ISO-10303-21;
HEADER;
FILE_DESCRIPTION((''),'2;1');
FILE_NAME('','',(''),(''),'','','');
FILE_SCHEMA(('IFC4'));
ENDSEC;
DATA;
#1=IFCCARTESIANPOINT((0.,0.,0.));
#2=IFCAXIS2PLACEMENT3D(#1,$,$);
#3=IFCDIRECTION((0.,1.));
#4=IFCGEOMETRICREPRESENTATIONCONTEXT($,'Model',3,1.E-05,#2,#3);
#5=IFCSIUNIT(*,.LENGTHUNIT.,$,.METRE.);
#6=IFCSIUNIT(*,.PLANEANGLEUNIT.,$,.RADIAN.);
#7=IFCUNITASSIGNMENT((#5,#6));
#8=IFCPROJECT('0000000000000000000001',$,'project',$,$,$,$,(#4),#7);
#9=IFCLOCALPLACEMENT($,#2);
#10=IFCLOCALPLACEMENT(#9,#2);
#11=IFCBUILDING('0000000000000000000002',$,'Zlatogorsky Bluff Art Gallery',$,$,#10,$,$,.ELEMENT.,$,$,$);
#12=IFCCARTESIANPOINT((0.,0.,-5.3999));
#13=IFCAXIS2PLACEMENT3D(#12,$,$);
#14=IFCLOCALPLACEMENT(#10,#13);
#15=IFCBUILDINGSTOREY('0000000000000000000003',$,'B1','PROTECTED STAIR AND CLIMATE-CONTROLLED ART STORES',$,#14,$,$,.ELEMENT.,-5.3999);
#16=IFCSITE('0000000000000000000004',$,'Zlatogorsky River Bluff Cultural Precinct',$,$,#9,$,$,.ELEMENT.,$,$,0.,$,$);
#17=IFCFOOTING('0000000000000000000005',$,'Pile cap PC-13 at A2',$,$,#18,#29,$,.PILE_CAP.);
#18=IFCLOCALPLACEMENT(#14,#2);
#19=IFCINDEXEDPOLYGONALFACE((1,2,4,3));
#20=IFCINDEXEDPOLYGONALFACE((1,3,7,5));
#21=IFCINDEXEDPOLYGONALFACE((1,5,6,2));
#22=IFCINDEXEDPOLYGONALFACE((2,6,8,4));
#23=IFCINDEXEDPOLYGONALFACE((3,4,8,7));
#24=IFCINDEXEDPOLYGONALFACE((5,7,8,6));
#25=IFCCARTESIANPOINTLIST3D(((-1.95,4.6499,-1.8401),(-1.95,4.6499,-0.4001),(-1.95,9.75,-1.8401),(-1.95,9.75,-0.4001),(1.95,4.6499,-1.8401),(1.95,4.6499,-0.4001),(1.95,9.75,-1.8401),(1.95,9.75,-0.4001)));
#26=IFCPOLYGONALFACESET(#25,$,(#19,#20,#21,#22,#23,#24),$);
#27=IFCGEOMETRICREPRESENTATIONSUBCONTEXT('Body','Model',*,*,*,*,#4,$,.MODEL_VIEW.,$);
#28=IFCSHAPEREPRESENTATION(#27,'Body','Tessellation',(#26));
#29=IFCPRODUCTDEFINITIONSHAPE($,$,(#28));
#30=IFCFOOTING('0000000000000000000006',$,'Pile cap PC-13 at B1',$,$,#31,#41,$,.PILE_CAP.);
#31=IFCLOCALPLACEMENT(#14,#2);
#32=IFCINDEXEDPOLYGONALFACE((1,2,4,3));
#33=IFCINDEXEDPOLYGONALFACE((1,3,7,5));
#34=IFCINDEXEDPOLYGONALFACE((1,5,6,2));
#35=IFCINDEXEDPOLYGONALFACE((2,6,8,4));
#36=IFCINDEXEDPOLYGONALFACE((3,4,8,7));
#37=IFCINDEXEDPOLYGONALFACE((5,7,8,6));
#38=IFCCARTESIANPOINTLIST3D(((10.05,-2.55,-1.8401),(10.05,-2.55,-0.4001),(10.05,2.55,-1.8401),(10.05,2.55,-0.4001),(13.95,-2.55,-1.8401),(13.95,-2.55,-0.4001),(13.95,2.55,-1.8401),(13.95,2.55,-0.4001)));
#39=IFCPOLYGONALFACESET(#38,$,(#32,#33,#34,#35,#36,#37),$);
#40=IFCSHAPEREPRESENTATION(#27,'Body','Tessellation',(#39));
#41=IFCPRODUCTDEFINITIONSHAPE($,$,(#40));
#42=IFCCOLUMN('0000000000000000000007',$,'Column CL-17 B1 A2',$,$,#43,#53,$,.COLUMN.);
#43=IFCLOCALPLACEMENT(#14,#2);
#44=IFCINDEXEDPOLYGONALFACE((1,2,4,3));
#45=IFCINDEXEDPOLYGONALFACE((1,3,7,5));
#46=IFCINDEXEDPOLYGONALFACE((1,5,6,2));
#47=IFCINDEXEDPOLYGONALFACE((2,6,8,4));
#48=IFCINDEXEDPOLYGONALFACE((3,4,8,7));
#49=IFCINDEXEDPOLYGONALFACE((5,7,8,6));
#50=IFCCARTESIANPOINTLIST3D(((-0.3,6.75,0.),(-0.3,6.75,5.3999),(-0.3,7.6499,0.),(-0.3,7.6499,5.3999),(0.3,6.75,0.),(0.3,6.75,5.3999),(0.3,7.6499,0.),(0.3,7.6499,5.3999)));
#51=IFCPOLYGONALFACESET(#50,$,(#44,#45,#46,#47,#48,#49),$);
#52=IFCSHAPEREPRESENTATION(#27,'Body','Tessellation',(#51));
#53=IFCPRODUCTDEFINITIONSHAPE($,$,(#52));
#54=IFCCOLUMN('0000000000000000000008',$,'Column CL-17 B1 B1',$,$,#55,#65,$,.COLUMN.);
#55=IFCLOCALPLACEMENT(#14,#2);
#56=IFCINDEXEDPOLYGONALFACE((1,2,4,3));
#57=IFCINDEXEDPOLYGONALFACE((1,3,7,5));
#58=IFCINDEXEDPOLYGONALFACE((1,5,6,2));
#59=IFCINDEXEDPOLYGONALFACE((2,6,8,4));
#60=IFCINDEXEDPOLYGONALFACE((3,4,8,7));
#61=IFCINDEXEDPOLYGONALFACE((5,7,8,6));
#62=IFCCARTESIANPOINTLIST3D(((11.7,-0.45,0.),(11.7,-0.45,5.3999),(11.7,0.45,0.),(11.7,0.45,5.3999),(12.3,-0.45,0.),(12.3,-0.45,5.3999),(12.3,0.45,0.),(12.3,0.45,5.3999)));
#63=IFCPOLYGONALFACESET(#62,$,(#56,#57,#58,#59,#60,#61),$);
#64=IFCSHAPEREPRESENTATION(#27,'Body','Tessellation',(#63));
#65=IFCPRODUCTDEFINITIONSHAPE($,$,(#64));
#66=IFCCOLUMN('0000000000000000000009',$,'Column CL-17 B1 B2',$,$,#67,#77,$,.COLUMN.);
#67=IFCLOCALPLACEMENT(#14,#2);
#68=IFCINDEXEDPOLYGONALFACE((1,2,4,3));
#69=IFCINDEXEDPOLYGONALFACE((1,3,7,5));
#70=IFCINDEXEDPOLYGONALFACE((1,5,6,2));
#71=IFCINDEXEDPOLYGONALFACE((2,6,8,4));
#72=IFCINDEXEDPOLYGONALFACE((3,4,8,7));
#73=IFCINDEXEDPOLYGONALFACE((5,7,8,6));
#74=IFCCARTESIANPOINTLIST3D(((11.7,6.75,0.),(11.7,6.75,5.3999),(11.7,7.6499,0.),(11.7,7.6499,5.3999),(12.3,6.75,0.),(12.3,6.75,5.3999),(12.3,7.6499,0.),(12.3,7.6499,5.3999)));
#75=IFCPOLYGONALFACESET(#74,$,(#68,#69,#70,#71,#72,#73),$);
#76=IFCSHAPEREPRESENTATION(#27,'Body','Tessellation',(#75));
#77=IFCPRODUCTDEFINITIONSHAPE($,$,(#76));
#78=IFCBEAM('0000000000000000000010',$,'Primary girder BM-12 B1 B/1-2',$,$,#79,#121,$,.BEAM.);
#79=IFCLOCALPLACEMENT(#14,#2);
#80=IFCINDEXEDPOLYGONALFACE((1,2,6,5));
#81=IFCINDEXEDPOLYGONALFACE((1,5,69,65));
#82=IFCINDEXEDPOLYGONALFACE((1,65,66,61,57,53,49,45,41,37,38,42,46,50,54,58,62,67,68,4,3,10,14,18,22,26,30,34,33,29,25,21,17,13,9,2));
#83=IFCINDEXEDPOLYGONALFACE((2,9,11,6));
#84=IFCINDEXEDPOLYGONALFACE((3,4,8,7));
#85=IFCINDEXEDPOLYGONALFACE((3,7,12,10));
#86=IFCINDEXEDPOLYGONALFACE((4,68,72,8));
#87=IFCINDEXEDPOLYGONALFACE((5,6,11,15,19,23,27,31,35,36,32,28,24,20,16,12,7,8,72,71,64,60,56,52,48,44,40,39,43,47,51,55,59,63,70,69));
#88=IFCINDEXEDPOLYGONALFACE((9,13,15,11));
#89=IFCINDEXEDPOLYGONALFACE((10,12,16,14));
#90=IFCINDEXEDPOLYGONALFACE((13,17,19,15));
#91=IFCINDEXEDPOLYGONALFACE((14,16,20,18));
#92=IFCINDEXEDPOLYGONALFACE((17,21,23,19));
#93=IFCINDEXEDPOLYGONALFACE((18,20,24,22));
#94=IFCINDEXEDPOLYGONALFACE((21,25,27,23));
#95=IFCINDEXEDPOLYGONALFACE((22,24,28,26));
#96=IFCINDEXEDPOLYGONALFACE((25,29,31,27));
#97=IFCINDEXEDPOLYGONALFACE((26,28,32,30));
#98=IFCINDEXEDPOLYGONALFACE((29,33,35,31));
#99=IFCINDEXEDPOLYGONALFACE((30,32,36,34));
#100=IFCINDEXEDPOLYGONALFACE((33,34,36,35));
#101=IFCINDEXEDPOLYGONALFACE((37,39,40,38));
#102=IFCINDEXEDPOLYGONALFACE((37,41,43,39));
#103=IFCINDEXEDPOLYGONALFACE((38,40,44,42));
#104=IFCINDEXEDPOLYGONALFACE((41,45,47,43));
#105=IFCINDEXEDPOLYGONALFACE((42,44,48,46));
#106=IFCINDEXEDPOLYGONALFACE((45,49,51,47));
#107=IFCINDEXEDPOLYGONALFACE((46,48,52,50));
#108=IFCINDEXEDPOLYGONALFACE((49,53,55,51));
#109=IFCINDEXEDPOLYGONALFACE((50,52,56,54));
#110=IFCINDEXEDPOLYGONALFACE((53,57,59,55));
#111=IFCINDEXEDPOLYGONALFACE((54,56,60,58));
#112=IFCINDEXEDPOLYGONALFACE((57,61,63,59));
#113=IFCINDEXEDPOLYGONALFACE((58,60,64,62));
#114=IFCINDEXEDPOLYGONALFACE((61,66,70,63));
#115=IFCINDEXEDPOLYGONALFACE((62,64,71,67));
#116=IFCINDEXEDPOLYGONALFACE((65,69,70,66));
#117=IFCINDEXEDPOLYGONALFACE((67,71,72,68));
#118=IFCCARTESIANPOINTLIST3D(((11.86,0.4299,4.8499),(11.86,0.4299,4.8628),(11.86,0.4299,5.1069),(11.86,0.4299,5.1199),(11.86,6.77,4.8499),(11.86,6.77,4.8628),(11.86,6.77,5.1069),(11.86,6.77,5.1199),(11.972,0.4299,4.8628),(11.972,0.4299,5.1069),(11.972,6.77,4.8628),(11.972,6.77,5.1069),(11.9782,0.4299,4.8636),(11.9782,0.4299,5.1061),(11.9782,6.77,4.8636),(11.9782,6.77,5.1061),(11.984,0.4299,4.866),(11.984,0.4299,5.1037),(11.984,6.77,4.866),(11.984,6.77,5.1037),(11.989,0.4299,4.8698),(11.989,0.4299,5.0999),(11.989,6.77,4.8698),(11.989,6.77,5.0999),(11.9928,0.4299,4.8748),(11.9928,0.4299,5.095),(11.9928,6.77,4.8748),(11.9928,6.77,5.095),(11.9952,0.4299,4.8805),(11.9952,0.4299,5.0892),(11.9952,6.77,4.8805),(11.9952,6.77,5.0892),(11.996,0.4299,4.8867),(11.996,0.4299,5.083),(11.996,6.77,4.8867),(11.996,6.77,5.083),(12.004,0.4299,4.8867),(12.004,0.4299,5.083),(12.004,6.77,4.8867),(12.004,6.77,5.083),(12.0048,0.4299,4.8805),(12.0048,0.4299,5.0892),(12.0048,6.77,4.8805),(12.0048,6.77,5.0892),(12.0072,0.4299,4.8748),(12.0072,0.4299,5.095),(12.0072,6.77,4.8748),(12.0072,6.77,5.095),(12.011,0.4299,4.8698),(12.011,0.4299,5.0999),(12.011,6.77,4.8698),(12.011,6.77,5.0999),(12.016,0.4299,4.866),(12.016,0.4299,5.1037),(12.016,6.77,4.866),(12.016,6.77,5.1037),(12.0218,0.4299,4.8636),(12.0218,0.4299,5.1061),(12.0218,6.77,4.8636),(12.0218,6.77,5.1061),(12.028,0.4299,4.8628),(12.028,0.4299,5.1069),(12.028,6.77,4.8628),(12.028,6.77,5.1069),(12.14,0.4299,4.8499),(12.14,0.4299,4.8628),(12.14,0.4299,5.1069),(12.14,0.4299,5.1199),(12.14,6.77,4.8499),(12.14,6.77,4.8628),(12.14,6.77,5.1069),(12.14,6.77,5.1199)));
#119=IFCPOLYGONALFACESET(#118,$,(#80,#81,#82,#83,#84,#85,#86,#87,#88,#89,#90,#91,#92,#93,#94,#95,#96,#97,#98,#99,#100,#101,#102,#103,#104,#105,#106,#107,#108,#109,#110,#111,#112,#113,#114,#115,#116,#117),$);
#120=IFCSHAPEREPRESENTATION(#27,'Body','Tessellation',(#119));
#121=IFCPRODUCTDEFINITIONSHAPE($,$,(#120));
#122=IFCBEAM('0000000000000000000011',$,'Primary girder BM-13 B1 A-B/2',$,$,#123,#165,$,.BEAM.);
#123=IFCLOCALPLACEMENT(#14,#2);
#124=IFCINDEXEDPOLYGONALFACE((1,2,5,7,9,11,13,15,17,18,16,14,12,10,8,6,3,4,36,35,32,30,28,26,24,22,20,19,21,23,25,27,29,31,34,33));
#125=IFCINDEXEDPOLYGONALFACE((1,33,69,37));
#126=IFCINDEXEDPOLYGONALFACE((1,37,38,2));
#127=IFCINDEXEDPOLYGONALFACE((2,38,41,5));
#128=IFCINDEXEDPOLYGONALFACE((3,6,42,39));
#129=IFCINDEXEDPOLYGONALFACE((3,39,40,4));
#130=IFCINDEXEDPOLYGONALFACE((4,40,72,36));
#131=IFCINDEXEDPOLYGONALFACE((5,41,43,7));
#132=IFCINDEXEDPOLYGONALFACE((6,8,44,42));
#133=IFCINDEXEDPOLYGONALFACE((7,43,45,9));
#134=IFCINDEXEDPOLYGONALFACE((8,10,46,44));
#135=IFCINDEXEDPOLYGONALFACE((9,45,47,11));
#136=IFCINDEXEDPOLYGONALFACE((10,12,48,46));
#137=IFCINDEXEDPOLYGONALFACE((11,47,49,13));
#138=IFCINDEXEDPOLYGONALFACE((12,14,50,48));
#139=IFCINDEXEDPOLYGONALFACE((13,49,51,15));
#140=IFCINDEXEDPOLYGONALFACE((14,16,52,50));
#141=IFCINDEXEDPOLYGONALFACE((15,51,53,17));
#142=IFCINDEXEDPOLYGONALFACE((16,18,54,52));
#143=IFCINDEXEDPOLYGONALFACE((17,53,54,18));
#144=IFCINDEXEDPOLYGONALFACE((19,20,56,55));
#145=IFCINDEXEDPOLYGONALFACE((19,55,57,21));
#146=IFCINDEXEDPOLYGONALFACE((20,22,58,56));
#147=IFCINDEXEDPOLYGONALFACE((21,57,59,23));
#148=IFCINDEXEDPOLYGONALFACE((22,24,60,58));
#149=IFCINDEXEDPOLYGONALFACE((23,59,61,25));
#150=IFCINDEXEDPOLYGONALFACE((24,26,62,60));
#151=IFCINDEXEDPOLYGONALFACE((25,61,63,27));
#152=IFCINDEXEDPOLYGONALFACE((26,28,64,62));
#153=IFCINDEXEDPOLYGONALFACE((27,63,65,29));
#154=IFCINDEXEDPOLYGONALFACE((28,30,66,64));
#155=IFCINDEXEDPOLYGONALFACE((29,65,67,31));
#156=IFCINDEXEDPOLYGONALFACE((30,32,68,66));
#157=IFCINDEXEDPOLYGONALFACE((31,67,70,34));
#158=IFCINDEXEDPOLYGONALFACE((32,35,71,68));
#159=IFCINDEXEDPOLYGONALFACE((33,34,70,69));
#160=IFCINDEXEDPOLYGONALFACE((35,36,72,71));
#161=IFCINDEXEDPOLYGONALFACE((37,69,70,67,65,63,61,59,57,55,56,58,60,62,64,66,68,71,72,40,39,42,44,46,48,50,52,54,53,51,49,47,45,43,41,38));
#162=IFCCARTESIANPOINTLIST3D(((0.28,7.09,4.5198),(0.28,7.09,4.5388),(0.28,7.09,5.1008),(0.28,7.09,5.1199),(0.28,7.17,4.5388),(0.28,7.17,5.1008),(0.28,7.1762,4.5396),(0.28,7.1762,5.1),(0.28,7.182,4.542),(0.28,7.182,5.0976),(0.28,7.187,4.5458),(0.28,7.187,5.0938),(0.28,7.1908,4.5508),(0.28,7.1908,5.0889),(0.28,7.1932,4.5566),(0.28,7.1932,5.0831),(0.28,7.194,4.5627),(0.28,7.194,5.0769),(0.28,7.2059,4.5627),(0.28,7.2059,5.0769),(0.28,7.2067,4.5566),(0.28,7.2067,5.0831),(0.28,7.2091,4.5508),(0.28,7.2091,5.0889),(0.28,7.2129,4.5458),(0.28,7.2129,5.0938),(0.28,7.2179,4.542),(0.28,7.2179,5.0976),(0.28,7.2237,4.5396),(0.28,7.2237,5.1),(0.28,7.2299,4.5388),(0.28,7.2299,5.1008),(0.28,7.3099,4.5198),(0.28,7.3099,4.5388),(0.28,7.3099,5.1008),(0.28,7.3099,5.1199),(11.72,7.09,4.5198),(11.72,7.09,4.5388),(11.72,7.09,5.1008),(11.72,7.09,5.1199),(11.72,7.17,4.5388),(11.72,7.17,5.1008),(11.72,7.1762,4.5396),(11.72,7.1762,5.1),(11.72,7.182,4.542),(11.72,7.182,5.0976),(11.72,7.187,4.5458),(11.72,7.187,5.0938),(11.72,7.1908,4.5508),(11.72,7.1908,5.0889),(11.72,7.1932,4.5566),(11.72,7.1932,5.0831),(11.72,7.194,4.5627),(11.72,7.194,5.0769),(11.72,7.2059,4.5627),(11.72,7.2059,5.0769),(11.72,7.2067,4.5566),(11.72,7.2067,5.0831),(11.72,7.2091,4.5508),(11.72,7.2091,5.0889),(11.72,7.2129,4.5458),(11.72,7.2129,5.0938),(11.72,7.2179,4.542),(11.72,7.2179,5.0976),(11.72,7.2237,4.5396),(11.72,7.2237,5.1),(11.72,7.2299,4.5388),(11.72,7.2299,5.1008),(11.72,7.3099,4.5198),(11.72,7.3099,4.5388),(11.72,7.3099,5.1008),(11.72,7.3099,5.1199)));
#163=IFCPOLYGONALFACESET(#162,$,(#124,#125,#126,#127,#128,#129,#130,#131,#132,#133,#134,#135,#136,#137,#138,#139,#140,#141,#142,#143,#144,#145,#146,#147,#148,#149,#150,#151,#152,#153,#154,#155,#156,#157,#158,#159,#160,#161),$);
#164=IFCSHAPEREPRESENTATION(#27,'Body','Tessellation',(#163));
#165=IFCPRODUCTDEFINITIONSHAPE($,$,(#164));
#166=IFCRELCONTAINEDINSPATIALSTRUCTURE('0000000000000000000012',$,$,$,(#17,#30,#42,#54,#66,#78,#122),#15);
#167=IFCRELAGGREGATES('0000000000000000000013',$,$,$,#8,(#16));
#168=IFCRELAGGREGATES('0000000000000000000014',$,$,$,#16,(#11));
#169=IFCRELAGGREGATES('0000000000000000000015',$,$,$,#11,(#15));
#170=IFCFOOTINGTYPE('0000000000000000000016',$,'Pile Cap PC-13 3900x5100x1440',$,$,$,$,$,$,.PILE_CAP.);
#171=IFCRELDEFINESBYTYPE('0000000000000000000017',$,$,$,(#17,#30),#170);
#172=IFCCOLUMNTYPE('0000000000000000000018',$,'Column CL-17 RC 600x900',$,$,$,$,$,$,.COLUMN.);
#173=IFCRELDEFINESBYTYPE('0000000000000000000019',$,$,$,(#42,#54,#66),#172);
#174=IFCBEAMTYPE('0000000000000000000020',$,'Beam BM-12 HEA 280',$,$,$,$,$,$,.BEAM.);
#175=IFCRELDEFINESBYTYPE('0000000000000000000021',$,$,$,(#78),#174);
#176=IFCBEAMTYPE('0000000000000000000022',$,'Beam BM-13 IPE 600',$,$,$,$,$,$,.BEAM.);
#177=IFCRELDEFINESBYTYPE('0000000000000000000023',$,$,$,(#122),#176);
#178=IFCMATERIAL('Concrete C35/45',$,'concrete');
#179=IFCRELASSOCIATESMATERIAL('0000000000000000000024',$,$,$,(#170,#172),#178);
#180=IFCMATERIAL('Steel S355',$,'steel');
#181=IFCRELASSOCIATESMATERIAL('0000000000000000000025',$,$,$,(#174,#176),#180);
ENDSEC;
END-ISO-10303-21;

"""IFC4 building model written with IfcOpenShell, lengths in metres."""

from ifc_helpers import new_model, si_unit, direction, frame, origin, origin_2d, place, context, subcontext, project, spatial, rectangle, i_section, extrude, material, material_profile, profile_set, type_object, element, save


model = new_model("IFC4")

# Units and contexts
model_context = context("Model", 3, precision=1e-05, world=origin(), true_north=direction((0.0, 1.0)))
body_context = subcontext(model_context, "Body", "Model", "MODEL_VIEW")
ifc_project = project(units=[si_unit("LENGTHUNIT", "METRE"), si_unit("PLANEANGLEUNIT", "RADIAN")], contexts=[model_context])

# Site, building, storey
site_placement = place(None, origin())
site = spatial("IfcSite", under=ifc_project, at=site_placement, Name="Zlatogorsky River Bluff Cultural Precinct", CompositionType="ELEMENT", RefElevation=0.0)
building_placement = place(site_placement, origin())
building = spatial("IfcBuilding", under=site, at=building_placement, Name="Zlatogorsky Bluff Art Gallery", CompositionType="ELEMENT")
storey_placement = place(building_placement, frame((0.0, 0.0, -5.3999)))
storey = spatial("IfcBuildingStorey", under=building, at=storey_placement, Name="B1", Description="PROTECTED STAIR AND CLIMATE-CONTROLLED ART STORES", CompositionType="ELEMENT", Elevation=-5.3999)

# Shared definitions
ifc_material_1 = material(Name="Concrete C35/45", Category="concrete")

# Footings
footing_type_1 = type_object("IfcFootingType", Name="Pile Cap PC-13 3900x5100x1440", PredefinedType="PILE_CAP", material=ifc_material_1)
for number, where, z_axis, x_axis, name in (
    (1, (0.0, 7.2, -1.8401), (0.0, 0.0, 1.0), (1.0, 0.0, 0.0), "Pile cap PC-13 at A2"),
    (2, (12.0, 0.0, -1.8401), (0.0, 0.0, 1.0), (1.0, 0.0, 0.0), "Pile cap PC-13 at B1"),
):
    element("IfcFooting", number, at=place(storey_placement, frame(where, z_axis=z_axis, x_axis=x_axis)), inside=storey, type_object=footing_type_1, Name=name, PredefinedType="PILE_CAP", context=body_context, shape_type="SweptSolid", body=[
        extrude(rectangle(XDim=3.8999, YDim=5.1001, at=origin_2d()), origin(), (0.0, 0.0, 1.0), 1.4399),
    ])

# Columns
ifc_material_profile_1 = material_profile(ifc_material_1, rectangle(XDim=0.6001, YDim=0.8999, at=origin_2d()), Name="RC 600x900")
ifc_profile_set_1 = profile_set([ifc_material_profile_1], Name="Concrete C35/45")
column_type = type_object("IfcColumnType", Name="Column CL-17 RC 600x900", PredefinedType="COLUMN", material=ifc_profile_set_1)
for number, where, z_axis, x_axis, name in (
    (3, (0.0, 7.2, 0.0), (0.0, 0.0, 1.0), (1.0, 0.0, 0.0), "Column CL-17 B1 A2"),
    (4, (12.0, 0.0, 0.0), (0.0, 0.0, 1.0), (1.0, 0.0, 0.0), "Column CL-17 B1 B1"),
    (5, (12.0, 7.2, 0.0), (0.0, 0.0, 1.0), (1.0, 0.0, 0.0), "Column CL-17 B1 B2"),
):
    element("IfcColumn", number, at=place(storey_placement, frame(where, z_axis=z_axis, x_axis=x_axis)), inside=storey, type_object=column_type, Name=name, PredefinedType="COLUMN", context=body_context, shape_type="SweptSolid", body=[
        extrude(rectangle(XDim=0.6001, YDim=0.8999, at=origin_2d()), origin(), (0.0, 0.0, 1.0), 5.3999),
    ])

# Beams
ifc_material_2 = material(Name="Steel S355", Category="steel")
ifc_material_profile_2 = material_profile(ifc_material_2, i_section(OverallWidth=0.28, OverallDepth=0.27, WebThickness=0.0081, FlangeThickness=0.0129, FilletRadius=0.0239, at=origin_2d()), Name="HEA 280")
ifc_profile_set_2 = profile_set([ifc_material_profile_2], Name="Steel S355")
beam_type_1 = type_object("IfcBeamType", Name="Beam BM-12 HEA 280", PredefinedType="BEAM", material=ifc_profile_set_2)
beam_1_placement = place(storey_placement, frame((12.0, 0.4299, 4.9849), z_axis=(0.0, 1.0, 0.0), x_axis=(-1.0, 0.0, 0.0)))
element("IfcBeam", 6, at=beam_1_placement, inside=storey, type_object=beam_type_1, Name="Primary girder BM-12 B1 B/1-2", PredefinedType="BEAM", context=body_context, shape_type="SweptSolid", body=[
    extrude(i_section(OverallWidth=0.28, OverallDepth=0.27, WebThickness=0.0081, FlangeThickness=0.0129, FilletRadius=0.0239, at=origin_2d()), origin(), (0.0, 0.0, 1.0), 6.3401),
])
ifc_material_profile_3 = material_profile(ifc_material_2, i_section(OverallWidth=0.22, OverallDepth=0.6001, WebThickness=0.012, FlangeThickness=0.019, FilletRadius=0.0239, at=origin_2d()), Name="IPE 600")
ifc_profile_set_3 = profile_set([ifc_material_profile_3], Name="Steel S355")
beam_type_2 = type_object("IfcBeamType", Name="Beam BM-13 IPE 600", PredefinedType="BEAM", material=ifc_profile_set_3)
beam_2_placement = place(storey_placement, frame((0.28, 7.2, 4.8198), z_axis=(1.0, 0.0, 0.0), x_axis=(0.0, 1.0, 0.0)))
element("IfcBeam", 7, at=beam_2_placement, inside=storey, type_object=beam_type_2, Name="Primary girder BM-13 B1 A-B/2", PredefinedType="BEAM", context=body_context, shape_type="SweptSolid", body=[
    extrude(i_section(OverallWidth=0.22, OverallDepth=0.6001, WebThickness=0.012, FlangeThickness=0.019, FilletRadius=0.0239, at=origin_2d()), origin(), (0.0, 0.0, 1.0), 11.4399),
])

save(model, "model.ifc")
